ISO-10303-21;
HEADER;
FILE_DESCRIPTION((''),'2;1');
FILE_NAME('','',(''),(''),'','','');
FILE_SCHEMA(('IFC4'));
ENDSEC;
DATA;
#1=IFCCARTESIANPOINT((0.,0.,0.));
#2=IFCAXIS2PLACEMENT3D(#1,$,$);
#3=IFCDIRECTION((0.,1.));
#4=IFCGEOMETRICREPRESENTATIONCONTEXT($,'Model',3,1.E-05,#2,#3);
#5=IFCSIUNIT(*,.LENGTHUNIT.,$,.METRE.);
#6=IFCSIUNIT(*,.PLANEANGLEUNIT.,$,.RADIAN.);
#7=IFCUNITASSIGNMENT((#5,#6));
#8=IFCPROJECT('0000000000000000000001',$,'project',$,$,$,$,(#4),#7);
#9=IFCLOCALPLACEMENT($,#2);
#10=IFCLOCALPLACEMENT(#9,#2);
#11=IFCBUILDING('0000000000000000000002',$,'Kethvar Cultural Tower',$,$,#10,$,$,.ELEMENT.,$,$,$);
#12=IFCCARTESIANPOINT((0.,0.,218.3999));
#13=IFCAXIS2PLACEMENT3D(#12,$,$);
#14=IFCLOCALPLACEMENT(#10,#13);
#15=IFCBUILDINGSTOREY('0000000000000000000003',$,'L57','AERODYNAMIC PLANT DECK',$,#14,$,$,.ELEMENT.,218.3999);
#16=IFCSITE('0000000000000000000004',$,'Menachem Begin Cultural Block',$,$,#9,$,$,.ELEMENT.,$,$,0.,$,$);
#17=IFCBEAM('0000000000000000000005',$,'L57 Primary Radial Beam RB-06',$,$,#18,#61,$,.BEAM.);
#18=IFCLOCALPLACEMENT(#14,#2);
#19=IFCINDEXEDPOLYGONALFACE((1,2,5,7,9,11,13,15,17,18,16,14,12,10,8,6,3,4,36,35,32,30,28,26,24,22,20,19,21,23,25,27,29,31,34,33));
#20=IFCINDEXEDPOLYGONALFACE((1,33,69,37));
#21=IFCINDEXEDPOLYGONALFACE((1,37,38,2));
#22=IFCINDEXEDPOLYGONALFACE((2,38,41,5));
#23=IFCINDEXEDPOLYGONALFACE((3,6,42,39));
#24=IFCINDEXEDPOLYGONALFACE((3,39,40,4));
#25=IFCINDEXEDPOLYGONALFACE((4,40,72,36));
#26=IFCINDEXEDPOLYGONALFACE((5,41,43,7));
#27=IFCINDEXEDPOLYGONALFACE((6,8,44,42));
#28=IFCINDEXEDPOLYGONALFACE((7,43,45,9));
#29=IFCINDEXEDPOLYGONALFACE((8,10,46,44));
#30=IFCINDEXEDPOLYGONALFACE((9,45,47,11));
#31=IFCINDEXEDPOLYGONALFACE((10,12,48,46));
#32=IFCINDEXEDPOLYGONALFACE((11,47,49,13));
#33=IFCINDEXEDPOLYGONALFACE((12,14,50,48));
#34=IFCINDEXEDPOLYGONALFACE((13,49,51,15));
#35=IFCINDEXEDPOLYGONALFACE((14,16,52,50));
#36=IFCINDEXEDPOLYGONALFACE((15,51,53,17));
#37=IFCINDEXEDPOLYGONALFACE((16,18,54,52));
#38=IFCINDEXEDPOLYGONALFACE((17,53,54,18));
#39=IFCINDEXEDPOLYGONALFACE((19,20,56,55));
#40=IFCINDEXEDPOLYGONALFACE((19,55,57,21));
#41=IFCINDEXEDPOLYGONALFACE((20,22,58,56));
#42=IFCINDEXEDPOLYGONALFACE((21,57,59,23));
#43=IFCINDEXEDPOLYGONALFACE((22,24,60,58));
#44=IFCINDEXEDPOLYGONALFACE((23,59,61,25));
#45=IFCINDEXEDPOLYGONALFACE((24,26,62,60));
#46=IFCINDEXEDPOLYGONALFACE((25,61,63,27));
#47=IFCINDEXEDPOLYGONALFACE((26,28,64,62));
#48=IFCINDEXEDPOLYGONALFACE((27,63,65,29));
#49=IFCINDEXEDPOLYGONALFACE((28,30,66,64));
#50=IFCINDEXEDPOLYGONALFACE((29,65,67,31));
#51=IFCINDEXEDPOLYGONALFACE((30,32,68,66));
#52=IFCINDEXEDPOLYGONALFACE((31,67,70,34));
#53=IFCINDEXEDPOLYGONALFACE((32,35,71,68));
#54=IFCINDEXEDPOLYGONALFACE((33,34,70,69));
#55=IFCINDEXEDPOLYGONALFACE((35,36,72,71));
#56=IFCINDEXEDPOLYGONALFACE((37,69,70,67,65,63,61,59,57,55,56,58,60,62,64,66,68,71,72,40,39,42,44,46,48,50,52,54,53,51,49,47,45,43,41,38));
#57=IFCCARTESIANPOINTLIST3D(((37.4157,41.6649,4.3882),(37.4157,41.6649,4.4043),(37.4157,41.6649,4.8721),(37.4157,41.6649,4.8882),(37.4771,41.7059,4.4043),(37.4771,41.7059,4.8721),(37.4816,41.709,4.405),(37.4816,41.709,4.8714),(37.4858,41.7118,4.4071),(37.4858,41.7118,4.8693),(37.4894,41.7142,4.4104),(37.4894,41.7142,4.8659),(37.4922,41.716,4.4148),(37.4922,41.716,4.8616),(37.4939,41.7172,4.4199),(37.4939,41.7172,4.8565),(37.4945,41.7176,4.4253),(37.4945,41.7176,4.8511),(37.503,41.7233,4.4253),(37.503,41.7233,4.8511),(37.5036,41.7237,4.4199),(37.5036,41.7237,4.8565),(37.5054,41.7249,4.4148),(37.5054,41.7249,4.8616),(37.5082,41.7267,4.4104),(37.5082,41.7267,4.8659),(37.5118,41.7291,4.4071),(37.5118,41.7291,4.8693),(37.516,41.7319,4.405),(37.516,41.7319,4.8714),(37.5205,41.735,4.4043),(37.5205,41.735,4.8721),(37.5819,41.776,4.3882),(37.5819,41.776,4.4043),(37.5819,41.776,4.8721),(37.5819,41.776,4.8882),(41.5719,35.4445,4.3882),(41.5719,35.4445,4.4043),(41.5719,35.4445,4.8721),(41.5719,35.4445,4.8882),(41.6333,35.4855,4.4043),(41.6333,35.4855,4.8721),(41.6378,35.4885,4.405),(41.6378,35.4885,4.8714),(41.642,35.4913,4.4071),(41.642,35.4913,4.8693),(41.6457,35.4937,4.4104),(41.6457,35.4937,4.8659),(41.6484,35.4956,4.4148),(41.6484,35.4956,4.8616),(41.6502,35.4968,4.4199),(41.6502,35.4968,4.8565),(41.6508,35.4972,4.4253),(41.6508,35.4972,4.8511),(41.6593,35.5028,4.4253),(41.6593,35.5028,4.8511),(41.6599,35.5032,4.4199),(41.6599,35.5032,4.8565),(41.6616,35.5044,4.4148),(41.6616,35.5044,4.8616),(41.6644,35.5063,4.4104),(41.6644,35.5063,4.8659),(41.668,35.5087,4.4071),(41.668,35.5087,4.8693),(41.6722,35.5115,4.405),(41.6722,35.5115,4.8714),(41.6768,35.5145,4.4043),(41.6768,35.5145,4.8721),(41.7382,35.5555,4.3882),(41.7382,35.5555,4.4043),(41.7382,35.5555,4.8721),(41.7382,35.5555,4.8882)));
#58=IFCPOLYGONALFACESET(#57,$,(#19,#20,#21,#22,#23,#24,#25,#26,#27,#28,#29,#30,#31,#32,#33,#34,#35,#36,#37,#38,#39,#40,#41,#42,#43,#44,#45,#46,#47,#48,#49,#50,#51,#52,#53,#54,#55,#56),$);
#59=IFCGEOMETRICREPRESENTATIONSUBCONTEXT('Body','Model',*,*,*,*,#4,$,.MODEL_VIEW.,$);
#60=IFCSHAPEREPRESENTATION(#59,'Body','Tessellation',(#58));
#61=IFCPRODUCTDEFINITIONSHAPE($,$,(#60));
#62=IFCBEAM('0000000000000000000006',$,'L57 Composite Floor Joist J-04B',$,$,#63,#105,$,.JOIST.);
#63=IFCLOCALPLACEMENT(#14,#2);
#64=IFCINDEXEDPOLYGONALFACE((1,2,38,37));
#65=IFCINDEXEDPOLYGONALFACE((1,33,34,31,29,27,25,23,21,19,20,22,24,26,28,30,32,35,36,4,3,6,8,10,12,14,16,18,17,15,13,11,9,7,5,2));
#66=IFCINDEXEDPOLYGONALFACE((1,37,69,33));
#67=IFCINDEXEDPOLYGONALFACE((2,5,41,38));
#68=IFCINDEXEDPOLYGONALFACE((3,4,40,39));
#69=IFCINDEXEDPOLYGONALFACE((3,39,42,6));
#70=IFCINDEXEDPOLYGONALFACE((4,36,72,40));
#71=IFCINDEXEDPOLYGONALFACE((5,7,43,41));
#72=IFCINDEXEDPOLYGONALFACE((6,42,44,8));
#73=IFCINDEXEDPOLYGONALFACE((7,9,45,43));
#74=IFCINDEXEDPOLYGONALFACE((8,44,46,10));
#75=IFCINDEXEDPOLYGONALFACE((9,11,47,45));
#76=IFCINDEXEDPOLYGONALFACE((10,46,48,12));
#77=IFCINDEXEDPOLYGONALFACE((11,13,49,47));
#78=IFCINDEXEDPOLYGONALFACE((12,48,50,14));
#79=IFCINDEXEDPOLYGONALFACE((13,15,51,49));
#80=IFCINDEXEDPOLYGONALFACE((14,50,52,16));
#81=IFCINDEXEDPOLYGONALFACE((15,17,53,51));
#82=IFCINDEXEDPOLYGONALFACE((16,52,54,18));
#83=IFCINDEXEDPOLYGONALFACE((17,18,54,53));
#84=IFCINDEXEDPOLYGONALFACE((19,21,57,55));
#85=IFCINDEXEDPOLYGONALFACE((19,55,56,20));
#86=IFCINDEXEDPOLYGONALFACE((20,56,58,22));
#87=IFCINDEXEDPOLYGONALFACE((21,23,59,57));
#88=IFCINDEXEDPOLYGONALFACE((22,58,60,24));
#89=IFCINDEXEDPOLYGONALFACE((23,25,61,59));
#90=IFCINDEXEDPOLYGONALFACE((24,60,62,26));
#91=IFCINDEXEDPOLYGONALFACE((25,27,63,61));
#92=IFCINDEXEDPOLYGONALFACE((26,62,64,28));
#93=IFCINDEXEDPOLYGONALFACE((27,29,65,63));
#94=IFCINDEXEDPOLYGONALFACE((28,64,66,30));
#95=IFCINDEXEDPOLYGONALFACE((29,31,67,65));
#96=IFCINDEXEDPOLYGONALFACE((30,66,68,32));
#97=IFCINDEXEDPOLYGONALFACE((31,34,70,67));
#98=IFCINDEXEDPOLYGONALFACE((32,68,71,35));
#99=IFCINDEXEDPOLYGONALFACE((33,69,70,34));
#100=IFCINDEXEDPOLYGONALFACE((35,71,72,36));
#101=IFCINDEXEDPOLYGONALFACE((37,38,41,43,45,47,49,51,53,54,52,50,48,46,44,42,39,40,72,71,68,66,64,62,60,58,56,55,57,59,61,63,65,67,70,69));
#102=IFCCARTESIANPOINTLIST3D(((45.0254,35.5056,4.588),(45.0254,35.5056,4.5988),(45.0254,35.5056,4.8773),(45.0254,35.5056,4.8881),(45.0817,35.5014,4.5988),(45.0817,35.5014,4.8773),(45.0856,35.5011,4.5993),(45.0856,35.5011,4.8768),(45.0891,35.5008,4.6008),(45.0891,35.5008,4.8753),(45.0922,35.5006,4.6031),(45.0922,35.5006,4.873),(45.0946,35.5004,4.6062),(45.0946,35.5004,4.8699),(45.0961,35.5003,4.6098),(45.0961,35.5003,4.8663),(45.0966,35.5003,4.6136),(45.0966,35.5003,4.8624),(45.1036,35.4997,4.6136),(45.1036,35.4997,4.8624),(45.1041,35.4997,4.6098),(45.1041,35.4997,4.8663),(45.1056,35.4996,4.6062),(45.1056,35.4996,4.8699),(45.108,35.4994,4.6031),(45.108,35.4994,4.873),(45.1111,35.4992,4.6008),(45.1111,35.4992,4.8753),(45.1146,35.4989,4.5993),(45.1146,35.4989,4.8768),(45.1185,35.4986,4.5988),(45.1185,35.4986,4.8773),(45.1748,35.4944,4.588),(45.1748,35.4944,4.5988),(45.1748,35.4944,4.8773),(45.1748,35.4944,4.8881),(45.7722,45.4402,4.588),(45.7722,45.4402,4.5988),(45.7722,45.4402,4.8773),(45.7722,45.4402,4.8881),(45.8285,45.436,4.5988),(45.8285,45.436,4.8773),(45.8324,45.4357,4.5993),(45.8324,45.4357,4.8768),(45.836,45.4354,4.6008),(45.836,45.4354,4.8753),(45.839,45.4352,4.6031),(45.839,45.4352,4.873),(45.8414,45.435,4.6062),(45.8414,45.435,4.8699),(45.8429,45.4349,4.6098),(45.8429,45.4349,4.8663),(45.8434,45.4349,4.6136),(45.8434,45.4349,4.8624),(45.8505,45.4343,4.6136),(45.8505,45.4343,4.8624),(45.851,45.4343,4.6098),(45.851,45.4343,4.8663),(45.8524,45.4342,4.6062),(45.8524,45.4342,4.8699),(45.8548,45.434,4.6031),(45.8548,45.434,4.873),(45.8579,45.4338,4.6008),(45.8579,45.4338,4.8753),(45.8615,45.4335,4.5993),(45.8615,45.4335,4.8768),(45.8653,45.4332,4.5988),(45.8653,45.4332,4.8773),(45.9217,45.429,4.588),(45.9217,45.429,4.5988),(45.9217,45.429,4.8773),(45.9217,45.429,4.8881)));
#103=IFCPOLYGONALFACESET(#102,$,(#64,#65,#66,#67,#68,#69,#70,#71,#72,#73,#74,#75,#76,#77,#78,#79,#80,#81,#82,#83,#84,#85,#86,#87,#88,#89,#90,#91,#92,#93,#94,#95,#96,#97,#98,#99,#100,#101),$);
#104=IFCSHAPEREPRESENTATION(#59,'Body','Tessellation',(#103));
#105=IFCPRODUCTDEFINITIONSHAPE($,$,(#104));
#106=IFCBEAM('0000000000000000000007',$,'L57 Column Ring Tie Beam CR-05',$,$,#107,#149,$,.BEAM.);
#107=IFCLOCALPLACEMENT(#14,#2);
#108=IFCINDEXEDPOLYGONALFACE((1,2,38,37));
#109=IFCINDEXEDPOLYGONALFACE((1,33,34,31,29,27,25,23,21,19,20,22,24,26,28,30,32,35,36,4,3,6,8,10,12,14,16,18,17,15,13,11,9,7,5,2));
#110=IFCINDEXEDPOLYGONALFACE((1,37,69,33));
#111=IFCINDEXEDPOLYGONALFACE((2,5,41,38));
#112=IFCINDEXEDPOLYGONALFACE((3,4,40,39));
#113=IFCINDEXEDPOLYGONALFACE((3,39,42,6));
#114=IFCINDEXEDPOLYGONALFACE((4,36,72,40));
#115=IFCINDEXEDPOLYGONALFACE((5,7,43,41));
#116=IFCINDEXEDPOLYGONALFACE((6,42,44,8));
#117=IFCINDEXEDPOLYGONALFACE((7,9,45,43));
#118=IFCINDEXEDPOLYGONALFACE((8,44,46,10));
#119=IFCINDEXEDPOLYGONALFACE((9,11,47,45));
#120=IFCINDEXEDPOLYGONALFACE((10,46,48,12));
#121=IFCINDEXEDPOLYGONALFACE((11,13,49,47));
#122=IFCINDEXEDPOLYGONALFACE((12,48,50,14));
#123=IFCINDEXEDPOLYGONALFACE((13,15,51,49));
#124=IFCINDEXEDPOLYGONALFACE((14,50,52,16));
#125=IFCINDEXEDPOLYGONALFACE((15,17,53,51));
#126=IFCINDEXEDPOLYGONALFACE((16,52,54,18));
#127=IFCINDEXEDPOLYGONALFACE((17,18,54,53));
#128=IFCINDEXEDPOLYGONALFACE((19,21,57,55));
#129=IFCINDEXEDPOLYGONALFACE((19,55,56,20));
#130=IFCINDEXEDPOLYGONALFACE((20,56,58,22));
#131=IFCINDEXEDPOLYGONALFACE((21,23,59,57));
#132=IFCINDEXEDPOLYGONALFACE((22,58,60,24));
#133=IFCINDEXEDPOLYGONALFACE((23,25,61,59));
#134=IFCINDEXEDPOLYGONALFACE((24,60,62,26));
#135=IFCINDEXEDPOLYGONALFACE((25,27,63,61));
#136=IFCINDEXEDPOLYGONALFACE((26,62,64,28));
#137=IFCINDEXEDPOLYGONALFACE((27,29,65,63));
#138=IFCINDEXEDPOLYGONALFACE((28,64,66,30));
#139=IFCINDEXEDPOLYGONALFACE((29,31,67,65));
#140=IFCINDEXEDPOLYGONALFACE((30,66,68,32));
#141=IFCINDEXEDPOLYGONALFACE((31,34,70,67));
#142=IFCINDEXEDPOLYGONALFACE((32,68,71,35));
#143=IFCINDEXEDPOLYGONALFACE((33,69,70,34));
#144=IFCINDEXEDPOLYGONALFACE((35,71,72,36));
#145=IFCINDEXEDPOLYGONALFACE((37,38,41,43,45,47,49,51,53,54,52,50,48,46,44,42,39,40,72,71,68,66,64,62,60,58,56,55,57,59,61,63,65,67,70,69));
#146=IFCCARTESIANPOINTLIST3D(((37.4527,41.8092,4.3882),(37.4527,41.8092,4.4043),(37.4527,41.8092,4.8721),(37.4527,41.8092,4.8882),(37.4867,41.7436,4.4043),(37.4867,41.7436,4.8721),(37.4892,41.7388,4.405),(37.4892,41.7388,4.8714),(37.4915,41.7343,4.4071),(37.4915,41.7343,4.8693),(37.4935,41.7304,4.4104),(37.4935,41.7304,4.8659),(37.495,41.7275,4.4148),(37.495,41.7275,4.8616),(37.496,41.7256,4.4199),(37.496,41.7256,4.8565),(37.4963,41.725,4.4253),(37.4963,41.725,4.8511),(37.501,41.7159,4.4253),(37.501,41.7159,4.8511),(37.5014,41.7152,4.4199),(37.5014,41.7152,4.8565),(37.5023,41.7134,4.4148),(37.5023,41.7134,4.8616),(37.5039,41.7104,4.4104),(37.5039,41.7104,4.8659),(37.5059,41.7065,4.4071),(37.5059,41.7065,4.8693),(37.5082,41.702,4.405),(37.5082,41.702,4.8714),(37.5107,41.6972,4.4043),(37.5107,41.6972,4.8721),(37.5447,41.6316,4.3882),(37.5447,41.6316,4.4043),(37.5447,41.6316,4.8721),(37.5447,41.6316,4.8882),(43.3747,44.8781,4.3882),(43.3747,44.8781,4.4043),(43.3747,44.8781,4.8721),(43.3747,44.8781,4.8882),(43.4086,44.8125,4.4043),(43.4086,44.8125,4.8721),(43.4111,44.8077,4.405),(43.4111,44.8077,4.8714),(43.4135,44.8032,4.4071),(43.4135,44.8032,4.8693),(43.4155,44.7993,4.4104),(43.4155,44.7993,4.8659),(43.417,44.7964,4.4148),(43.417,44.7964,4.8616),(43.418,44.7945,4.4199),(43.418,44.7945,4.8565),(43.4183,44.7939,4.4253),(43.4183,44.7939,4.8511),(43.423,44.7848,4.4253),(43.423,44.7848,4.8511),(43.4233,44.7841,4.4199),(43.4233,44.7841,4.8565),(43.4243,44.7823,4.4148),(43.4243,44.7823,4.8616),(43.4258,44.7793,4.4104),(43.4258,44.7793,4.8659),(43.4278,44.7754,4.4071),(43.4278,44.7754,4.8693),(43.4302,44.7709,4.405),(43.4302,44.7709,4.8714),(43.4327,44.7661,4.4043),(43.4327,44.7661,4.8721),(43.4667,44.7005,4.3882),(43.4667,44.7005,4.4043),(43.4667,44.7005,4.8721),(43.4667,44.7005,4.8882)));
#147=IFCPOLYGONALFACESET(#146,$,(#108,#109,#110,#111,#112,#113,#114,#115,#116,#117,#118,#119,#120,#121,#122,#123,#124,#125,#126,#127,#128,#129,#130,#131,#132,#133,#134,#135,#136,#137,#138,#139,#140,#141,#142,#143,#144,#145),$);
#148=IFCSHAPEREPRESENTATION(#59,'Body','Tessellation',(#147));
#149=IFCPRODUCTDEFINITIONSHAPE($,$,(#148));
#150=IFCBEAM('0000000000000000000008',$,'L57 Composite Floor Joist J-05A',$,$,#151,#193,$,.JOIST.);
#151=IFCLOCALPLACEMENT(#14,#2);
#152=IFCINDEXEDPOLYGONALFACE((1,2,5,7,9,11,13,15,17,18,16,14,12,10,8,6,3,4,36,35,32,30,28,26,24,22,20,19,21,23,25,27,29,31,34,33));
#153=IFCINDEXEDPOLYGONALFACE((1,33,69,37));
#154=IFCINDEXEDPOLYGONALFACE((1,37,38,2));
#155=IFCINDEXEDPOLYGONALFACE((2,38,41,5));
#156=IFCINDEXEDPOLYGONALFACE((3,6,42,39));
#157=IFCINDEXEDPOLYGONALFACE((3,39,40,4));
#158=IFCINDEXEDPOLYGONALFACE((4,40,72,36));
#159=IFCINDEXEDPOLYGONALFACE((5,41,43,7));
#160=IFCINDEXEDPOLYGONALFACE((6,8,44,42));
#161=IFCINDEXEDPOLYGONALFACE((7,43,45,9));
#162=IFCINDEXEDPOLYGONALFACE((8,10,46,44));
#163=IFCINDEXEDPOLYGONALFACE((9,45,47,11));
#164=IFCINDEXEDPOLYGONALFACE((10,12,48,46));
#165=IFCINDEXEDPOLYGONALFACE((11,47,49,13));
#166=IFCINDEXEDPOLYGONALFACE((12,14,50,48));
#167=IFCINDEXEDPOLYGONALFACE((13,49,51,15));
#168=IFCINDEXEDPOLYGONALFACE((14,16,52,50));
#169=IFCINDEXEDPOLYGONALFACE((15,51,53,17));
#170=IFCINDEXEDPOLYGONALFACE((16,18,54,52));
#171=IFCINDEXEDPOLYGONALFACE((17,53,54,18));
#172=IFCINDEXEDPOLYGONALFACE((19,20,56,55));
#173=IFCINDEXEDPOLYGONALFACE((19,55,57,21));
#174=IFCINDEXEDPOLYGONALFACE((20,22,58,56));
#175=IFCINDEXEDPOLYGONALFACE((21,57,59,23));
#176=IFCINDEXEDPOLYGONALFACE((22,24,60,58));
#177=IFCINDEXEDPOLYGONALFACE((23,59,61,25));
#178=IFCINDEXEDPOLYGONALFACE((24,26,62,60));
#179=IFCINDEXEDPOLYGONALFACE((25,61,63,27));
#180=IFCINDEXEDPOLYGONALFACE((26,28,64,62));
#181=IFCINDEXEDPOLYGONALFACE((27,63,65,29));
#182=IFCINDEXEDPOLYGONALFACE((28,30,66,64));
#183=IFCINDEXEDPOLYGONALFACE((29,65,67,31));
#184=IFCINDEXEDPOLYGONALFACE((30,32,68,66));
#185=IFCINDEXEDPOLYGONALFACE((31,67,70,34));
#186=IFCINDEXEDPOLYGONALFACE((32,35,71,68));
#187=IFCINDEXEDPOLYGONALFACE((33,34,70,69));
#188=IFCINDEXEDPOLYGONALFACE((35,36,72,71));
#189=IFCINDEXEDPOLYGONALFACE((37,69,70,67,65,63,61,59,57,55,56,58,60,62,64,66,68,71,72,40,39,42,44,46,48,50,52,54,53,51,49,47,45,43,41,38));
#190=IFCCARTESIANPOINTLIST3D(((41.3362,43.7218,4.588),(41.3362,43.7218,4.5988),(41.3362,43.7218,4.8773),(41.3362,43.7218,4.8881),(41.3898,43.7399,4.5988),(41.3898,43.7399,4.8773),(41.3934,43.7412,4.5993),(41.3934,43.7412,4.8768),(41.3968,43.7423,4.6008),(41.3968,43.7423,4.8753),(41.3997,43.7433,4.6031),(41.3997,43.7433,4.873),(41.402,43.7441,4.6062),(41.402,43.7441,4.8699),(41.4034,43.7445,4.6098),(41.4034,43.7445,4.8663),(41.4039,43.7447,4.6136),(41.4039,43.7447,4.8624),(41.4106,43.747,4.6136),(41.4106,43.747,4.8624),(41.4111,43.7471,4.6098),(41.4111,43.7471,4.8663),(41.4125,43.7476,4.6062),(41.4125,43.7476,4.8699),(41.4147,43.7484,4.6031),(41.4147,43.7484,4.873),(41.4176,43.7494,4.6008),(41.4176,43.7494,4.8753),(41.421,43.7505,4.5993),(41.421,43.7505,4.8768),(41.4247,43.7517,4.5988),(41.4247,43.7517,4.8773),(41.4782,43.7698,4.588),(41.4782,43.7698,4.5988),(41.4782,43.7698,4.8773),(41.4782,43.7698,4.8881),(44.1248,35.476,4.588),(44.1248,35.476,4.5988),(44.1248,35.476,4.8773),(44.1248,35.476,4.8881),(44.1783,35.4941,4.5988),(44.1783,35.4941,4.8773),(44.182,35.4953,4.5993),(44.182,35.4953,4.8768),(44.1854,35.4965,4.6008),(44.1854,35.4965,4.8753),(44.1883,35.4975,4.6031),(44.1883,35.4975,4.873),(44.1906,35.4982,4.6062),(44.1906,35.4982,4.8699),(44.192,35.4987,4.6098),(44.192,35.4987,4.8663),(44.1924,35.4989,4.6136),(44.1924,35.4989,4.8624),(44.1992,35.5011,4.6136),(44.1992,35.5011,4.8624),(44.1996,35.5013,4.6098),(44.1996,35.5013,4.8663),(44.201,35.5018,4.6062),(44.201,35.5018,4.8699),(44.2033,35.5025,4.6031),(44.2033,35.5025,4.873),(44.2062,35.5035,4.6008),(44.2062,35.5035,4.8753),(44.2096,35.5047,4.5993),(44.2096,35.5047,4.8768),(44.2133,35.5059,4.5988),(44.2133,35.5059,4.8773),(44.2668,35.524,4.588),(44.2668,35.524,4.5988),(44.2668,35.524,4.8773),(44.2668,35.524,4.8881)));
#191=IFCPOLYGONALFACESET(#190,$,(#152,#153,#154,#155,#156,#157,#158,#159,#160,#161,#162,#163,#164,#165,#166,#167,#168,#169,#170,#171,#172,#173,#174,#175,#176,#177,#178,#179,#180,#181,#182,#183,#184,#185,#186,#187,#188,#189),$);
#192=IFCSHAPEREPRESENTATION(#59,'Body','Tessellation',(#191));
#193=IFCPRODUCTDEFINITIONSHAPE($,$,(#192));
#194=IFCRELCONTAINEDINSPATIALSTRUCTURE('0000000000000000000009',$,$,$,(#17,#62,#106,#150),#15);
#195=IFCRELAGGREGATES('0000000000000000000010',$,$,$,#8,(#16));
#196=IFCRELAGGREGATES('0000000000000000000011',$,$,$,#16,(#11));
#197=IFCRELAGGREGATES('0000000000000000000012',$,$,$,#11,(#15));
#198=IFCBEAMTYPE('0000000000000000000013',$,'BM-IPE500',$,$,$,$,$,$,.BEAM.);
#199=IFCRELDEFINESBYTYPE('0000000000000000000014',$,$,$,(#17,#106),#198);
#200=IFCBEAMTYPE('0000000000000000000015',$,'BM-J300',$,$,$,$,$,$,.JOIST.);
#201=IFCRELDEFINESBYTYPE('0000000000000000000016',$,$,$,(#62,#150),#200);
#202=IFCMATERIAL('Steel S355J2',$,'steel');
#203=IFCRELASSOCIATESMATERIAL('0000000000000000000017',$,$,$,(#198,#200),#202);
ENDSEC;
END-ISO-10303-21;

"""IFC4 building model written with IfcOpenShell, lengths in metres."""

from ifc_helpers import new_model, si_unit, direction, frame, origin, origin_2d, place, context, subcontext, project, spatial, i_section, extrude, source, transform, mapped, material, material_profile, profile_set, type_object, element, save


model = new_model("IFC4")

# Units and contexts
model_context = context("Model", 3, precision=1e-05, world=origin(), true_north=direction((0.0, 1.0)))
body_context = subcontext(model_context, "Body", "Model", "MODEL_VIEW")
ifc_project = project(units=[si_unit("LENGTHUNIT", "METRE"), si_unit("PLANEANGLEUNIT", "RADIAN")], contexts=[model_context])

# Site, building, storey
site_placement = place(None, origin())
site = spatial("IfcSite", under=ifc_project, at=site_placement, Name="Menachem Begin Cultural Block", CompositionType="ELEMENT", RefElevation=0.0)
building_placement = place(site_placement, origin())
building = spatial("IfcBuilding", under=site, at=building_placement, Name="Kethvar Cultural Tower", CompositionType="ELEMENT")
storey_placement = place(building_placement, frame((0.0, 0.0, 218.3999)))
storey = spatial("IfcBuildingStorey", under=building, at=storey_placement, Name="L57", Description="AERODYNAMIC PLANT DECK", CompositionType="ELEMENT", Elevation=218.3999)

# Beams
ifc_material_1 = material(Name="Steel S355J2", Category="steel")
ifc_material_profile_1 = material_profile(ifc_material_1, i_section(OverallWidth=0.2, OverallDepth=0.5, WebThickness=0.0103, FlangeThickness=0.0161, FilletRadius=0.021, at=origin_2d()), Name="Steel S355J2 — IPE500")
ifc_profile_set_1 = profile_set([ifc_material_profile_1], Name="Steel S355J2 — IPE500")
beam_type_1 = type_object("IfcBeamType", Name="BM-IPE500", PredefinedType="BEAM", material=ifc_profile_set_1)
shared_shape_1 = source(origin(), body_context, "Body", "SweptSolid", [
    extrude(i_section(OverallWidth=0.2, OverallDepth=0.5, WebThickness=0.0103, FlangeThickness=0.0161, FilletRadius=0.021, at=origin_2d()), origin(), (0.0, 0.0, 1.0), 7.4812),
])
beam_1_placement = place(storey_placement, frame((41.655, 35.5, 4.6382), z_axis=(-0.555558, 0.831478, 0.0), x_axis=(-0.831478, -0.555558, 0.0)))
element("IfcBeam", 1, at=beam_1_placement, inside=storey, type_object=beam_type_1, Name="L57 Primary Radial Beam RB-06", PredefinedType="BEAM", context=body_context, shape_type="MappedRepresentation", body=[
    mapped(shared_shape_1, transform((0.0, 0.0, 0.0), scale=1.0)),
])
ifc_material_profile_2 = material_profile(ifc_material_1, i_section(OverallWidth=0.1499, OverallDepth=0.3, WebThickness=0.0071, FlangeThickness=0.0107, FilletRadius=0.0149, at=origin_2d()), Name="Steel S355J2 — IPE300")
ifc_profile_set_2 = profile_set([ifc_material_profile_2], Name="Steel S355J2 — IPE300")
beam_type_2 = type_object("IfcBeamType", Name="BM-J300", PredefinedType="JOIST", material=ifc_profile_set_2)
shared_shape_2 = source(origin(), body_context, "Body", "SweptSolid", [
    extrude(i_section(OverallWidth=0.1499, OverallDepth=0.3, WebThickness=0.0071, FlangeThickness=0.0107, FilletRadius=0.0149, at=origin_2d()), origin(), (0.0, 0.0, 1.0), 9.9626),
])
beam_2_placement = place(storey_placement, frame((45.1001, 35.5, 4.738), z_axis=(0.074963, 0.997186, 0.0), x_axis=(-0.997186, 0.074963, 0.0)))
element("IfcBeam", 2, at=beam_2_placement, inside=storey, type_object=beam_type_2, Name="L57 Composite Floor Joist J-04B", PredefinedType="JOIST", context=body_context, shape_type="MappedRepresentation", body=[
    mapped(shared_shape_2, transform((0.0, 0.0, 0.0), scale=1.0)),
])
shared_shape_3 = source(origin(), body_context, "Body", "SweptSolid", [
    extrude(i_section(OverallWidth=0.2, OverallDepth=0.5, WebThickness=0.0103, FlangeThickness=0.0161, FilletRadius=0.021, at=origin_2d()), origin(), (0.0, 0.0, 1.0), 6.6699),
])
beam_3_placement = place(storey_placement, frame((43.4207, 44.7893, 4.6382), z_axis=(-0.887862, -0.46011, 0.0), x_axis=(0.46011, -0.887862, 0.0)))
element("IfcBeam", 3, at=beam_3_placement, inside=storey, type_object=beam_type_1, Name="L57 Column Ring Tie Beam CR-05", PredefinedType="BEAM", context=body_context, shape_type="MappedRepresentation", body=[
    mapped(shared_shape_3, transform((0.0, 0.0, 0.0), scale=1.0)),
])
shared_shape_4 = source(origin(), body_context, "Body", "SweptSolid", [
    extrude(i_section(OverallWidth=0.1499, OverallDepth=0.3, WebThickness=0.0071, FlangeThickness=0.0107, FilletRadius=0.0149, at=origin_2d()), origin(), (0.0, 0.0, 1.0), 8.7046),
])
beam_4_placement = place(storey_placement, frame((44.1958, 35.5, 4.738), z_axis=(-0.320356, 0.947297, 0.0), x_axis=(-0.947297, -0.320356, 0.0)))
element("IfcBeam", 4, at=beam_4_placement, inside=storey, type_object=beam_type_2, Name="L57 Composite Floor Joist J-05A", PredefinedType="JOIST", context=body_context, shape_type="MappedRepresentation", body=[
    mapped(shared_shape_4, transform((0.0, 0.0, 0.0), scale=1.0)),
])

save(model, "model.ifc")
